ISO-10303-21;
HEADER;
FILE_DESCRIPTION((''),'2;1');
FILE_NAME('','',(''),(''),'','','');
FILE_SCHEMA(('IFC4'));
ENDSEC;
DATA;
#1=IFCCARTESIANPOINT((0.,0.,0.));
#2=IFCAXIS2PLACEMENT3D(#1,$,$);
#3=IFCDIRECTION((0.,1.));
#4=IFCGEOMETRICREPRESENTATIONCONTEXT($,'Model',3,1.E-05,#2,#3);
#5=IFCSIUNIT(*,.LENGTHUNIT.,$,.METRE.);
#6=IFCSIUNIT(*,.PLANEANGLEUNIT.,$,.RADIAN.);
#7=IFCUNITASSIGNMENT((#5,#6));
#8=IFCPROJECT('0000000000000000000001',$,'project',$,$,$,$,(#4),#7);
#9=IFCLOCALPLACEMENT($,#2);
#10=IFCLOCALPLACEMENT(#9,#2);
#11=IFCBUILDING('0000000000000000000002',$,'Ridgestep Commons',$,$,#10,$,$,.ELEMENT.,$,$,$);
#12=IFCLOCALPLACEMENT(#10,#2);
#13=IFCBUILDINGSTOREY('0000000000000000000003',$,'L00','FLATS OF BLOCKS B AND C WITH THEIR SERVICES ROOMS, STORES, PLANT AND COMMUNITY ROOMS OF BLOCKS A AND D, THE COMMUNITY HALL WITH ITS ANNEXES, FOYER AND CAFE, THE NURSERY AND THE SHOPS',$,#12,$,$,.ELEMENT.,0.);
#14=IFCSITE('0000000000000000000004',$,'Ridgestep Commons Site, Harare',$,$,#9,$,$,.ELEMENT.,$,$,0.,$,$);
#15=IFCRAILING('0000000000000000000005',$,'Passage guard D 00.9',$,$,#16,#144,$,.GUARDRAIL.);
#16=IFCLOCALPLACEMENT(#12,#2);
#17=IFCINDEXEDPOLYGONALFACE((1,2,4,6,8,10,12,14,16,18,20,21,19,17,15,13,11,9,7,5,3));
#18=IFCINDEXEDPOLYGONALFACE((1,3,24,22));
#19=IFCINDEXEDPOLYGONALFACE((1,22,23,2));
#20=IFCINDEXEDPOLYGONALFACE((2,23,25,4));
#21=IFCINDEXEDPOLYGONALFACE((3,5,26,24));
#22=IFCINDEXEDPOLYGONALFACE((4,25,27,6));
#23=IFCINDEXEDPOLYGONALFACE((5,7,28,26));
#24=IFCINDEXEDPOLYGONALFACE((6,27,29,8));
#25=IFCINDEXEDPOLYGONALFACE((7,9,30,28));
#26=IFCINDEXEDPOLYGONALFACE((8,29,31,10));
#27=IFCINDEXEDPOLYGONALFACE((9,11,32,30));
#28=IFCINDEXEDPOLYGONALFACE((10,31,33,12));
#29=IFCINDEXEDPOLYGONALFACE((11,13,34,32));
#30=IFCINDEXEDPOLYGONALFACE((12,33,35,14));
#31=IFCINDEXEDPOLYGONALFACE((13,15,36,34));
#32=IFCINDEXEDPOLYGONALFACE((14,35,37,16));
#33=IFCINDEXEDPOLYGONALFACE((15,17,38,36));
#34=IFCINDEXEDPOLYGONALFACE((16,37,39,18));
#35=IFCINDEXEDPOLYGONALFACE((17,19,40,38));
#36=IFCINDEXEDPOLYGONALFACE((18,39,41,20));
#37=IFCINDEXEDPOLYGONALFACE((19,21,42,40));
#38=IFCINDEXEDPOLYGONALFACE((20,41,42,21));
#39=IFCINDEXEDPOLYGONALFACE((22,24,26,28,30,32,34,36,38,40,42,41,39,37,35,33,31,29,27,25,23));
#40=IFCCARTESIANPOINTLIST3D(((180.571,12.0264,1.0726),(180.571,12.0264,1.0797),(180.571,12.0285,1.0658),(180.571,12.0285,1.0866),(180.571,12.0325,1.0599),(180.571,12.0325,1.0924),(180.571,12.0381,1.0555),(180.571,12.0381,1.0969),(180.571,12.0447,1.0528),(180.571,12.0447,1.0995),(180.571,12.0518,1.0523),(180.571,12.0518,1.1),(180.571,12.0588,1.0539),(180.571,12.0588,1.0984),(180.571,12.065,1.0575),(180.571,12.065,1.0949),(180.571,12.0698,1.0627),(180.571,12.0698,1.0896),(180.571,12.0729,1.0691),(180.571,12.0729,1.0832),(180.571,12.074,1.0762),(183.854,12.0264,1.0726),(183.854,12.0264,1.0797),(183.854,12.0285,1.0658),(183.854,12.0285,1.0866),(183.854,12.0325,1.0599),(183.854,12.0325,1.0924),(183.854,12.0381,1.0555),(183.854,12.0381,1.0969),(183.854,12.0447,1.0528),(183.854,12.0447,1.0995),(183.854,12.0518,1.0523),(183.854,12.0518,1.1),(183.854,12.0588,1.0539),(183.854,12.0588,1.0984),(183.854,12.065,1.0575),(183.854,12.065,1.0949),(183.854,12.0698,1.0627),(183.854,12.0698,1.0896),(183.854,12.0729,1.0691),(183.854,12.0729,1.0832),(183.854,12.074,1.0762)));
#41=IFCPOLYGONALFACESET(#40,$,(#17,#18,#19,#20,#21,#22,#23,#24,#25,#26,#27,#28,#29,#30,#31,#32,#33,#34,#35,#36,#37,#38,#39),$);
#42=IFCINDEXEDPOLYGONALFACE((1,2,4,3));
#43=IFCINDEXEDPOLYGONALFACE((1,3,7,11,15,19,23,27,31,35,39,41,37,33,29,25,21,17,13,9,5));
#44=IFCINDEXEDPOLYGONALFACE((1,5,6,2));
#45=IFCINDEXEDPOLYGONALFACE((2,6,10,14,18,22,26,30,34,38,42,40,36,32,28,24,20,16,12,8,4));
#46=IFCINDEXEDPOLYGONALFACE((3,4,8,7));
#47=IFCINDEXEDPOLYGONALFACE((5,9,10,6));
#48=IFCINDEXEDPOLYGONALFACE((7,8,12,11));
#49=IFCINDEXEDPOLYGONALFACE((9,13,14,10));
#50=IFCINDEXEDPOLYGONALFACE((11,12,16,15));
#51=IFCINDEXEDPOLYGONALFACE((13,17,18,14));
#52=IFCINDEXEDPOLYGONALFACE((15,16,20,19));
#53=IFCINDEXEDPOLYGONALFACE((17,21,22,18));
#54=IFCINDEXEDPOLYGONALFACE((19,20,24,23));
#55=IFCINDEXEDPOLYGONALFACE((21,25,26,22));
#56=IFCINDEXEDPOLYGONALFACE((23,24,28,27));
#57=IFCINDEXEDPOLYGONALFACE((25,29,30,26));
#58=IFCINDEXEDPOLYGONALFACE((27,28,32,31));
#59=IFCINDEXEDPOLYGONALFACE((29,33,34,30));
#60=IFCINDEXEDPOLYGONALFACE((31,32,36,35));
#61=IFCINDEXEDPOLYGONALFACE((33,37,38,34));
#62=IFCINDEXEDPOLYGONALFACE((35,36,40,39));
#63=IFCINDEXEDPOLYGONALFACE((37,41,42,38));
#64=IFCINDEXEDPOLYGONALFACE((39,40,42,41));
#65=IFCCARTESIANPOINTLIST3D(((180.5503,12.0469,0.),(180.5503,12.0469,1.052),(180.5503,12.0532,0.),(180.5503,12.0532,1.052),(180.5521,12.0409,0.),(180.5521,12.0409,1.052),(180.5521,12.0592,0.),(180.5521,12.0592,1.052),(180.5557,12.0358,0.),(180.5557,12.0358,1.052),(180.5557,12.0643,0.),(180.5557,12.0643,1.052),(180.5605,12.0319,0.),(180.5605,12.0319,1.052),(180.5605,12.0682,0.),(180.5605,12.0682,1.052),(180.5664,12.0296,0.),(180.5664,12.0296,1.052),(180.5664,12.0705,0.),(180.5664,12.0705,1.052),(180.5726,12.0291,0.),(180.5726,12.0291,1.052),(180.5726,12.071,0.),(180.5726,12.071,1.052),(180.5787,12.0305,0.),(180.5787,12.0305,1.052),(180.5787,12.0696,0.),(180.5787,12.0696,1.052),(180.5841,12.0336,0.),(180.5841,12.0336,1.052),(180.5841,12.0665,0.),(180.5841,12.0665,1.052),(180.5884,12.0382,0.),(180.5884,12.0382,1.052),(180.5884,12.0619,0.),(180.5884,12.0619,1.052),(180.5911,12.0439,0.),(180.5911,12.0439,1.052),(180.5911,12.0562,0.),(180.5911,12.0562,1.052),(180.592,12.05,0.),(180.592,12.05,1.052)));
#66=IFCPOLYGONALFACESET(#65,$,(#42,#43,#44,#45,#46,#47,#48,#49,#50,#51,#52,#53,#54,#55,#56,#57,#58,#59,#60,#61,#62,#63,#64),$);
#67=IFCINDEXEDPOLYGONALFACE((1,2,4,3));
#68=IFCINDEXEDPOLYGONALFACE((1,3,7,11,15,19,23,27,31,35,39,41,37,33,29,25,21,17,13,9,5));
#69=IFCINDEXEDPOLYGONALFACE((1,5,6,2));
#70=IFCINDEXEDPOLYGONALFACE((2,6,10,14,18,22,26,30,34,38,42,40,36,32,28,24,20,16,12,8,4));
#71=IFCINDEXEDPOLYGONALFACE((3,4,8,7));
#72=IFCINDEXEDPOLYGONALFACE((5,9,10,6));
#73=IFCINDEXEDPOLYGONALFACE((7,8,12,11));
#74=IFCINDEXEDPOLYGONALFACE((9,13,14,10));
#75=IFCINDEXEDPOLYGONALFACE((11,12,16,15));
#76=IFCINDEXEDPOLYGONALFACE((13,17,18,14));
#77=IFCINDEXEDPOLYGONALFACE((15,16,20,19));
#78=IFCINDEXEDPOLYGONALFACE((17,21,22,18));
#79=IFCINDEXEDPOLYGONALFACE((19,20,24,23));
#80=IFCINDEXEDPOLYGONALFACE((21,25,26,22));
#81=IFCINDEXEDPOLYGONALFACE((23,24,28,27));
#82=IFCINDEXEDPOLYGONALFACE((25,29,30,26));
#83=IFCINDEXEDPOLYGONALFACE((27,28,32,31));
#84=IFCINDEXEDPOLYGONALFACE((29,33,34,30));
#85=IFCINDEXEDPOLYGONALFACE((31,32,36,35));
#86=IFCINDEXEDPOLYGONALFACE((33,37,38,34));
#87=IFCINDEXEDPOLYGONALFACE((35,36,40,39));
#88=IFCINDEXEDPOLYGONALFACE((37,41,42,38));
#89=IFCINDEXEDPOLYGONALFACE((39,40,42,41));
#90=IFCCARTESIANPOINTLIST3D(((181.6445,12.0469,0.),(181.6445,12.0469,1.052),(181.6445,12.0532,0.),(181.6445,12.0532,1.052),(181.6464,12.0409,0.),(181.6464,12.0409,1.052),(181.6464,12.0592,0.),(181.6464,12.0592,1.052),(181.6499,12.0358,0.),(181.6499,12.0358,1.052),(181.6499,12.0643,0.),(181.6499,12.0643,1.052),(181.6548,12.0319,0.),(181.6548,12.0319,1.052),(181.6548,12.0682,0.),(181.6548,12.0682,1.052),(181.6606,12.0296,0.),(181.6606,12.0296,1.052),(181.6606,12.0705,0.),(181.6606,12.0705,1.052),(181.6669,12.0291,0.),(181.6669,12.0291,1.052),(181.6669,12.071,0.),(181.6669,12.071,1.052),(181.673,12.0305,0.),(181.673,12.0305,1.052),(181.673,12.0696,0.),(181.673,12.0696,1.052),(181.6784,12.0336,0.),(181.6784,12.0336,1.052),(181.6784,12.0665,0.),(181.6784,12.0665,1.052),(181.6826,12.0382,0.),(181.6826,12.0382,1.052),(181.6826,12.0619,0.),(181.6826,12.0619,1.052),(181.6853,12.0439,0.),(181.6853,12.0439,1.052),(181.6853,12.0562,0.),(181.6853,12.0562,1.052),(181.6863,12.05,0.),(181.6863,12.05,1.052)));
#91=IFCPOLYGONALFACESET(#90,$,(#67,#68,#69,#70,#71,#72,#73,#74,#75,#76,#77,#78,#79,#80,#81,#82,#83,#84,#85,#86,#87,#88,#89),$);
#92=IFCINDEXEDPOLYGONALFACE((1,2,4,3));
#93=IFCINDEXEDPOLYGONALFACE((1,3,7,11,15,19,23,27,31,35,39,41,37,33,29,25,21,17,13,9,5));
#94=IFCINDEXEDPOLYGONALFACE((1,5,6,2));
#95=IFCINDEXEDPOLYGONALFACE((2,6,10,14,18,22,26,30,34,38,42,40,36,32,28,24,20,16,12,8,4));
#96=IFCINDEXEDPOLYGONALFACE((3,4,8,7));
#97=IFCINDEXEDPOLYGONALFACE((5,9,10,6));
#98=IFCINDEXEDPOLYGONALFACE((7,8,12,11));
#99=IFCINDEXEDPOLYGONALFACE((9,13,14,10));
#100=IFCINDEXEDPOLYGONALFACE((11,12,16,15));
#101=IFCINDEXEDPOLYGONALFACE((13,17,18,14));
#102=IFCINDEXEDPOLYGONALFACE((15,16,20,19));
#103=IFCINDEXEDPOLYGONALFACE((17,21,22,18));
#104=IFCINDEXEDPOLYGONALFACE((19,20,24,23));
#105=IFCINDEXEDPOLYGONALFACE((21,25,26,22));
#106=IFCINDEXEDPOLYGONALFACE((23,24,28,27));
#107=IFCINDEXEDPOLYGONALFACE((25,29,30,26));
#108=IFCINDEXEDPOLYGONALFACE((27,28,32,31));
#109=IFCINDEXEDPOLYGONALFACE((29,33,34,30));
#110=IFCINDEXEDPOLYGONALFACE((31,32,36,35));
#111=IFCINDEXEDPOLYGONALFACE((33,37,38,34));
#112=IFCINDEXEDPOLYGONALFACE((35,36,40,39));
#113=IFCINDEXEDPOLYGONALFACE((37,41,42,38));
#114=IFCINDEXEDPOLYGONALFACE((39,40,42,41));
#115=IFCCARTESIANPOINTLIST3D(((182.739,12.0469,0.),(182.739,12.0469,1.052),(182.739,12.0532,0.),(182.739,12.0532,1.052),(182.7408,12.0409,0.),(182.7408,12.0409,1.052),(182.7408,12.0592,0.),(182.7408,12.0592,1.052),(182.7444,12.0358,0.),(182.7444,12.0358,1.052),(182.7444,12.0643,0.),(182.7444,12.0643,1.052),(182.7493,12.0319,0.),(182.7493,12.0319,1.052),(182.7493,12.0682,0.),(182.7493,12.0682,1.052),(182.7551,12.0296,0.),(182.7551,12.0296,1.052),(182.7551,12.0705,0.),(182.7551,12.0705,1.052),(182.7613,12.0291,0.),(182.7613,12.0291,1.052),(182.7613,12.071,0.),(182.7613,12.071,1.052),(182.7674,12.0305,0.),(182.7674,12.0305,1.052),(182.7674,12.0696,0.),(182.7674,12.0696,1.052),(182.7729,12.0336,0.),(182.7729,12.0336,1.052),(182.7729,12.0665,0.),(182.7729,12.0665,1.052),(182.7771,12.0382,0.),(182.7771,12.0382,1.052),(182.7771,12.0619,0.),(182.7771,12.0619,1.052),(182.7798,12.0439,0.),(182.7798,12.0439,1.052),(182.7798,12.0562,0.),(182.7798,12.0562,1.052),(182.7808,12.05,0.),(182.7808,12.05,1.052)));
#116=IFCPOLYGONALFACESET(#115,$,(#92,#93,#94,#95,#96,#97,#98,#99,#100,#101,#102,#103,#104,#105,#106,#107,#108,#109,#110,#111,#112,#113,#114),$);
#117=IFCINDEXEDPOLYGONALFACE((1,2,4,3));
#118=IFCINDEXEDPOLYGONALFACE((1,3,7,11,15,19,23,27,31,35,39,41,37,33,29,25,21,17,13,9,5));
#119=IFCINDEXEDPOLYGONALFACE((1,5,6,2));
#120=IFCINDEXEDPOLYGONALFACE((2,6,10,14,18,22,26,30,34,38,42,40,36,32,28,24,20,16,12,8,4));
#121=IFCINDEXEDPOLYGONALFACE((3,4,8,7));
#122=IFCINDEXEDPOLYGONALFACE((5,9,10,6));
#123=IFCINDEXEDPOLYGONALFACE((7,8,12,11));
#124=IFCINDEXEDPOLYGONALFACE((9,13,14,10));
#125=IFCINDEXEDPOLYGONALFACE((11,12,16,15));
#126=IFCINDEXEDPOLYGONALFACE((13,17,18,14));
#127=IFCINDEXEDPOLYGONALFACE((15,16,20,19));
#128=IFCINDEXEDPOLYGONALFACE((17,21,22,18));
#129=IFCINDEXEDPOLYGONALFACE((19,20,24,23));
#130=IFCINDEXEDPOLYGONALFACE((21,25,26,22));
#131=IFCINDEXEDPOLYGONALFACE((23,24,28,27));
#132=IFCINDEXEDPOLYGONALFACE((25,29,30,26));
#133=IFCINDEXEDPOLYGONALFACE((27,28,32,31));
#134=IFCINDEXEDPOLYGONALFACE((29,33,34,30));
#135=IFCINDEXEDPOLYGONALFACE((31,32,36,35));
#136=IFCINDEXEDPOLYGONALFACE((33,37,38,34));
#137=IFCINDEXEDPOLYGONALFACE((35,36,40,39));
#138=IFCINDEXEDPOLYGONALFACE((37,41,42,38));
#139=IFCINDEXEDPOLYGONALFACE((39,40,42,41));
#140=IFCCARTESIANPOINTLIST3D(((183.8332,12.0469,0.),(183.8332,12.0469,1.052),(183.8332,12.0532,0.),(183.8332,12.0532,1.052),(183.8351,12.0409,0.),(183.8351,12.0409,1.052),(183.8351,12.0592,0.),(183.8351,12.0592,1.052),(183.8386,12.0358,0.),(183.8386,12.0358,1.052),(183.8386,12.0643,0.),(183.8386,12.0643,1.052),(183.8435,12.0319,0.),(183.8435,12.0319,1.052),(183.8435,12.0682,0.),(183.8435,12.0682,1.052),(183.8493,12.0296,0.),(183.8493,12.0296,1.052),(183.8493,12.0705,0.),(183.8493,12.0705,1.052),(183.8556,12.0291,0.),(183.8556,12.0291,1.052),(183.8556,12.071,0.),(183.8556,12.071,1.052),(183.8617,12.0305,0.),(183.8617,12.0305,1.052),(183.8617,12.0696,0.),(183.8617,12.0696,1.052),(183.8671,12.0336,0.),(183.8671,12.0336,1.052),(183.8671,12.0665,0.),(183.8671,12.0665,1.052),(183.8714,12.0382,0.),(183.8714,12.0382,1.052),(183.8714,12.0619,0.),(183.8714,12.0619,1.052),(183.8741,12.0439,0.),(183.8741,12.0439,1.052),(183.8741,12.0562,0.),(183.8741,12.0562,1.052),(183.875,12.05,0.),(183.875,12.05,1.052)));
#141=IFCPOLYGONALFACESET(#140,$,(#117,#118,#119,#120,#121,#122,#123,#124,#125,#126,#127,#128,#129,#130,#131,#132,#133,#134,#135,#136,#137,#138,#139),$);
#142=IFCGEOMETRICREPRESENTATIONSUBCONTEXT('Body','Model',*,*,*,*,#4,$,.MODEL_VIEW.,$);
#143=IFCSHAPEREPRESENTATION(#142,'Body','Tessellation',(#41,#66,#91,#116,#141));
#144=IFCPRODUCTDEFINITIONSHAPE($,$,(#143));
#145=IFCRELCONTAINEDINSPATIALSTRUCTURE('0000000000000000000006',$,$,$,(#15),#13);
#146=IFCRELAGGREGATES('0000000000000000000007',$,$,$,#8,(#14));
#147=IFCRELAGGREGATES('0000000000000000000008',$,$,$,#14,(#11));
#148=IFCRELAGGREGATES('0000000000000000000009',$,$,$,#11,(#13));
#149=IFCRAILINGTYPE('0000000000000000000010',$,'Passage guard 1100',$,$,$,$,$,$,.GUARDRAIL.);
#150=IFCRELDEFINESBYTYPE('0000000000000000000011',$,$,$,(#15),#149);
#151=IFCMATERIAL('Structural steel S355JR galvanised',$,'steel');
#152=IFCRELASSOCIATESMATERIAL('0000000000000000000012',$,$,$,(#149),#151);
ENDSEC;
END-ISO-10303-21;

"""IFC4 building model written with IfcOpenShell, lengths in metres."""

from ifc_helpers import new_model, si_unit, direction, frame, origin, origin_2d, place, context, subcontext, project, spatial, circle, extrude, material, type_object, element, save


model = new_model("IFC4")

# Units and contexts
model_context = context("Model", 3, precision=1e-05, world=origin(), true_north=direction((0.0, 1.0)))
body_context = subcontext(model_context, "Body", "Model", "MODEL_VIEW")
ifc_project = project(units=[si_unit("LENGTHUNIT", "METRE"), si_unit("PLANEANGLEUNIT", "RADIAN")], contexts=[model_context])

# Site, building, storey
site_placement = place(None, origin())
site = spatial("IfcSite", under=ifc_project, at=site_placement, Name="Ridgestep Commons Site, Harare", CompositionType="ELEMENT", RefElevation=0.0)
building_placement = place(site_placement, origin())
building = spatial("IfcBuilding", under=site, at=building_placement, Name="Ridgestep Commons", CompositionType="ELEMENT")
storey_placement = place(building_placement, origin())
storey = spatial("IfcBuildingStorey", under=building, at=storey_placement, Name="L00", Description="FLATS OF BLOCKS B AND C WITH THEIR SERVICES ROOMS, STORES, PLANT AND COMMUNITY ROOMS OF BLOCKS A AND D, THE COMMUNITY HALL WITH ITS ANNEXES, FOYER AND CAFE, THE NURSERY AND THE SHOPS", CompositionType="ELEMENT", Elevation=0.0)

# Railing
ifc_material_1 = material(Name="Structural steel S355JR galvanised", Category="steel")
railing_type_1 = type_object("IfcRailingType", Name="Passage guard 1100", PredefinedType="GUARDRAIL", material=ifc_material_1)
for number, where, name in (
    (1, (180.571, 12.05, 0.0), "Passage guard D 00.9"),
):
    element("IfcRailing", number, at=place(storey_placement, frame(where)), inside=storey, type_object=railing_type_1, Name=name, PredefinedType="GUARDRAIL", context=body_context, shape_type="SweptSolid", body=[
        extrude(circle(Radius=0.0239, at=origin_2d()), frame((0.0, 0.0, 1.0762), z_axis=(1.0, 0.0, 0.0), x_axis=(0.0, 1.0, 0.0)), (0.0, 0.0, 1.0), 3.283),
        extrude(circle(Radius=0.021, at=origin_2d()), origin(), (0.0, 0.0, 1.0), 1.052),
        extrude(circle(Radius=0.021, at=origin_2d()), frame((1.0942, 0.0, 0.0)), (0.0, 0.0, 1.0), 1.052),
        extrude(circle(Radius=0.021, at=origin_2d()), frame((2.1887, 0.0, 0.0)), (0.0, 0.0, 1.0), 1.052),
        extrude(circle(Radius=0.021, at=origin_2d()), frame((3.283, 0.0, 0.0)), (0.0, 0.0, 1.0), 1.052),
    ])

save(model, "model.ifc")
